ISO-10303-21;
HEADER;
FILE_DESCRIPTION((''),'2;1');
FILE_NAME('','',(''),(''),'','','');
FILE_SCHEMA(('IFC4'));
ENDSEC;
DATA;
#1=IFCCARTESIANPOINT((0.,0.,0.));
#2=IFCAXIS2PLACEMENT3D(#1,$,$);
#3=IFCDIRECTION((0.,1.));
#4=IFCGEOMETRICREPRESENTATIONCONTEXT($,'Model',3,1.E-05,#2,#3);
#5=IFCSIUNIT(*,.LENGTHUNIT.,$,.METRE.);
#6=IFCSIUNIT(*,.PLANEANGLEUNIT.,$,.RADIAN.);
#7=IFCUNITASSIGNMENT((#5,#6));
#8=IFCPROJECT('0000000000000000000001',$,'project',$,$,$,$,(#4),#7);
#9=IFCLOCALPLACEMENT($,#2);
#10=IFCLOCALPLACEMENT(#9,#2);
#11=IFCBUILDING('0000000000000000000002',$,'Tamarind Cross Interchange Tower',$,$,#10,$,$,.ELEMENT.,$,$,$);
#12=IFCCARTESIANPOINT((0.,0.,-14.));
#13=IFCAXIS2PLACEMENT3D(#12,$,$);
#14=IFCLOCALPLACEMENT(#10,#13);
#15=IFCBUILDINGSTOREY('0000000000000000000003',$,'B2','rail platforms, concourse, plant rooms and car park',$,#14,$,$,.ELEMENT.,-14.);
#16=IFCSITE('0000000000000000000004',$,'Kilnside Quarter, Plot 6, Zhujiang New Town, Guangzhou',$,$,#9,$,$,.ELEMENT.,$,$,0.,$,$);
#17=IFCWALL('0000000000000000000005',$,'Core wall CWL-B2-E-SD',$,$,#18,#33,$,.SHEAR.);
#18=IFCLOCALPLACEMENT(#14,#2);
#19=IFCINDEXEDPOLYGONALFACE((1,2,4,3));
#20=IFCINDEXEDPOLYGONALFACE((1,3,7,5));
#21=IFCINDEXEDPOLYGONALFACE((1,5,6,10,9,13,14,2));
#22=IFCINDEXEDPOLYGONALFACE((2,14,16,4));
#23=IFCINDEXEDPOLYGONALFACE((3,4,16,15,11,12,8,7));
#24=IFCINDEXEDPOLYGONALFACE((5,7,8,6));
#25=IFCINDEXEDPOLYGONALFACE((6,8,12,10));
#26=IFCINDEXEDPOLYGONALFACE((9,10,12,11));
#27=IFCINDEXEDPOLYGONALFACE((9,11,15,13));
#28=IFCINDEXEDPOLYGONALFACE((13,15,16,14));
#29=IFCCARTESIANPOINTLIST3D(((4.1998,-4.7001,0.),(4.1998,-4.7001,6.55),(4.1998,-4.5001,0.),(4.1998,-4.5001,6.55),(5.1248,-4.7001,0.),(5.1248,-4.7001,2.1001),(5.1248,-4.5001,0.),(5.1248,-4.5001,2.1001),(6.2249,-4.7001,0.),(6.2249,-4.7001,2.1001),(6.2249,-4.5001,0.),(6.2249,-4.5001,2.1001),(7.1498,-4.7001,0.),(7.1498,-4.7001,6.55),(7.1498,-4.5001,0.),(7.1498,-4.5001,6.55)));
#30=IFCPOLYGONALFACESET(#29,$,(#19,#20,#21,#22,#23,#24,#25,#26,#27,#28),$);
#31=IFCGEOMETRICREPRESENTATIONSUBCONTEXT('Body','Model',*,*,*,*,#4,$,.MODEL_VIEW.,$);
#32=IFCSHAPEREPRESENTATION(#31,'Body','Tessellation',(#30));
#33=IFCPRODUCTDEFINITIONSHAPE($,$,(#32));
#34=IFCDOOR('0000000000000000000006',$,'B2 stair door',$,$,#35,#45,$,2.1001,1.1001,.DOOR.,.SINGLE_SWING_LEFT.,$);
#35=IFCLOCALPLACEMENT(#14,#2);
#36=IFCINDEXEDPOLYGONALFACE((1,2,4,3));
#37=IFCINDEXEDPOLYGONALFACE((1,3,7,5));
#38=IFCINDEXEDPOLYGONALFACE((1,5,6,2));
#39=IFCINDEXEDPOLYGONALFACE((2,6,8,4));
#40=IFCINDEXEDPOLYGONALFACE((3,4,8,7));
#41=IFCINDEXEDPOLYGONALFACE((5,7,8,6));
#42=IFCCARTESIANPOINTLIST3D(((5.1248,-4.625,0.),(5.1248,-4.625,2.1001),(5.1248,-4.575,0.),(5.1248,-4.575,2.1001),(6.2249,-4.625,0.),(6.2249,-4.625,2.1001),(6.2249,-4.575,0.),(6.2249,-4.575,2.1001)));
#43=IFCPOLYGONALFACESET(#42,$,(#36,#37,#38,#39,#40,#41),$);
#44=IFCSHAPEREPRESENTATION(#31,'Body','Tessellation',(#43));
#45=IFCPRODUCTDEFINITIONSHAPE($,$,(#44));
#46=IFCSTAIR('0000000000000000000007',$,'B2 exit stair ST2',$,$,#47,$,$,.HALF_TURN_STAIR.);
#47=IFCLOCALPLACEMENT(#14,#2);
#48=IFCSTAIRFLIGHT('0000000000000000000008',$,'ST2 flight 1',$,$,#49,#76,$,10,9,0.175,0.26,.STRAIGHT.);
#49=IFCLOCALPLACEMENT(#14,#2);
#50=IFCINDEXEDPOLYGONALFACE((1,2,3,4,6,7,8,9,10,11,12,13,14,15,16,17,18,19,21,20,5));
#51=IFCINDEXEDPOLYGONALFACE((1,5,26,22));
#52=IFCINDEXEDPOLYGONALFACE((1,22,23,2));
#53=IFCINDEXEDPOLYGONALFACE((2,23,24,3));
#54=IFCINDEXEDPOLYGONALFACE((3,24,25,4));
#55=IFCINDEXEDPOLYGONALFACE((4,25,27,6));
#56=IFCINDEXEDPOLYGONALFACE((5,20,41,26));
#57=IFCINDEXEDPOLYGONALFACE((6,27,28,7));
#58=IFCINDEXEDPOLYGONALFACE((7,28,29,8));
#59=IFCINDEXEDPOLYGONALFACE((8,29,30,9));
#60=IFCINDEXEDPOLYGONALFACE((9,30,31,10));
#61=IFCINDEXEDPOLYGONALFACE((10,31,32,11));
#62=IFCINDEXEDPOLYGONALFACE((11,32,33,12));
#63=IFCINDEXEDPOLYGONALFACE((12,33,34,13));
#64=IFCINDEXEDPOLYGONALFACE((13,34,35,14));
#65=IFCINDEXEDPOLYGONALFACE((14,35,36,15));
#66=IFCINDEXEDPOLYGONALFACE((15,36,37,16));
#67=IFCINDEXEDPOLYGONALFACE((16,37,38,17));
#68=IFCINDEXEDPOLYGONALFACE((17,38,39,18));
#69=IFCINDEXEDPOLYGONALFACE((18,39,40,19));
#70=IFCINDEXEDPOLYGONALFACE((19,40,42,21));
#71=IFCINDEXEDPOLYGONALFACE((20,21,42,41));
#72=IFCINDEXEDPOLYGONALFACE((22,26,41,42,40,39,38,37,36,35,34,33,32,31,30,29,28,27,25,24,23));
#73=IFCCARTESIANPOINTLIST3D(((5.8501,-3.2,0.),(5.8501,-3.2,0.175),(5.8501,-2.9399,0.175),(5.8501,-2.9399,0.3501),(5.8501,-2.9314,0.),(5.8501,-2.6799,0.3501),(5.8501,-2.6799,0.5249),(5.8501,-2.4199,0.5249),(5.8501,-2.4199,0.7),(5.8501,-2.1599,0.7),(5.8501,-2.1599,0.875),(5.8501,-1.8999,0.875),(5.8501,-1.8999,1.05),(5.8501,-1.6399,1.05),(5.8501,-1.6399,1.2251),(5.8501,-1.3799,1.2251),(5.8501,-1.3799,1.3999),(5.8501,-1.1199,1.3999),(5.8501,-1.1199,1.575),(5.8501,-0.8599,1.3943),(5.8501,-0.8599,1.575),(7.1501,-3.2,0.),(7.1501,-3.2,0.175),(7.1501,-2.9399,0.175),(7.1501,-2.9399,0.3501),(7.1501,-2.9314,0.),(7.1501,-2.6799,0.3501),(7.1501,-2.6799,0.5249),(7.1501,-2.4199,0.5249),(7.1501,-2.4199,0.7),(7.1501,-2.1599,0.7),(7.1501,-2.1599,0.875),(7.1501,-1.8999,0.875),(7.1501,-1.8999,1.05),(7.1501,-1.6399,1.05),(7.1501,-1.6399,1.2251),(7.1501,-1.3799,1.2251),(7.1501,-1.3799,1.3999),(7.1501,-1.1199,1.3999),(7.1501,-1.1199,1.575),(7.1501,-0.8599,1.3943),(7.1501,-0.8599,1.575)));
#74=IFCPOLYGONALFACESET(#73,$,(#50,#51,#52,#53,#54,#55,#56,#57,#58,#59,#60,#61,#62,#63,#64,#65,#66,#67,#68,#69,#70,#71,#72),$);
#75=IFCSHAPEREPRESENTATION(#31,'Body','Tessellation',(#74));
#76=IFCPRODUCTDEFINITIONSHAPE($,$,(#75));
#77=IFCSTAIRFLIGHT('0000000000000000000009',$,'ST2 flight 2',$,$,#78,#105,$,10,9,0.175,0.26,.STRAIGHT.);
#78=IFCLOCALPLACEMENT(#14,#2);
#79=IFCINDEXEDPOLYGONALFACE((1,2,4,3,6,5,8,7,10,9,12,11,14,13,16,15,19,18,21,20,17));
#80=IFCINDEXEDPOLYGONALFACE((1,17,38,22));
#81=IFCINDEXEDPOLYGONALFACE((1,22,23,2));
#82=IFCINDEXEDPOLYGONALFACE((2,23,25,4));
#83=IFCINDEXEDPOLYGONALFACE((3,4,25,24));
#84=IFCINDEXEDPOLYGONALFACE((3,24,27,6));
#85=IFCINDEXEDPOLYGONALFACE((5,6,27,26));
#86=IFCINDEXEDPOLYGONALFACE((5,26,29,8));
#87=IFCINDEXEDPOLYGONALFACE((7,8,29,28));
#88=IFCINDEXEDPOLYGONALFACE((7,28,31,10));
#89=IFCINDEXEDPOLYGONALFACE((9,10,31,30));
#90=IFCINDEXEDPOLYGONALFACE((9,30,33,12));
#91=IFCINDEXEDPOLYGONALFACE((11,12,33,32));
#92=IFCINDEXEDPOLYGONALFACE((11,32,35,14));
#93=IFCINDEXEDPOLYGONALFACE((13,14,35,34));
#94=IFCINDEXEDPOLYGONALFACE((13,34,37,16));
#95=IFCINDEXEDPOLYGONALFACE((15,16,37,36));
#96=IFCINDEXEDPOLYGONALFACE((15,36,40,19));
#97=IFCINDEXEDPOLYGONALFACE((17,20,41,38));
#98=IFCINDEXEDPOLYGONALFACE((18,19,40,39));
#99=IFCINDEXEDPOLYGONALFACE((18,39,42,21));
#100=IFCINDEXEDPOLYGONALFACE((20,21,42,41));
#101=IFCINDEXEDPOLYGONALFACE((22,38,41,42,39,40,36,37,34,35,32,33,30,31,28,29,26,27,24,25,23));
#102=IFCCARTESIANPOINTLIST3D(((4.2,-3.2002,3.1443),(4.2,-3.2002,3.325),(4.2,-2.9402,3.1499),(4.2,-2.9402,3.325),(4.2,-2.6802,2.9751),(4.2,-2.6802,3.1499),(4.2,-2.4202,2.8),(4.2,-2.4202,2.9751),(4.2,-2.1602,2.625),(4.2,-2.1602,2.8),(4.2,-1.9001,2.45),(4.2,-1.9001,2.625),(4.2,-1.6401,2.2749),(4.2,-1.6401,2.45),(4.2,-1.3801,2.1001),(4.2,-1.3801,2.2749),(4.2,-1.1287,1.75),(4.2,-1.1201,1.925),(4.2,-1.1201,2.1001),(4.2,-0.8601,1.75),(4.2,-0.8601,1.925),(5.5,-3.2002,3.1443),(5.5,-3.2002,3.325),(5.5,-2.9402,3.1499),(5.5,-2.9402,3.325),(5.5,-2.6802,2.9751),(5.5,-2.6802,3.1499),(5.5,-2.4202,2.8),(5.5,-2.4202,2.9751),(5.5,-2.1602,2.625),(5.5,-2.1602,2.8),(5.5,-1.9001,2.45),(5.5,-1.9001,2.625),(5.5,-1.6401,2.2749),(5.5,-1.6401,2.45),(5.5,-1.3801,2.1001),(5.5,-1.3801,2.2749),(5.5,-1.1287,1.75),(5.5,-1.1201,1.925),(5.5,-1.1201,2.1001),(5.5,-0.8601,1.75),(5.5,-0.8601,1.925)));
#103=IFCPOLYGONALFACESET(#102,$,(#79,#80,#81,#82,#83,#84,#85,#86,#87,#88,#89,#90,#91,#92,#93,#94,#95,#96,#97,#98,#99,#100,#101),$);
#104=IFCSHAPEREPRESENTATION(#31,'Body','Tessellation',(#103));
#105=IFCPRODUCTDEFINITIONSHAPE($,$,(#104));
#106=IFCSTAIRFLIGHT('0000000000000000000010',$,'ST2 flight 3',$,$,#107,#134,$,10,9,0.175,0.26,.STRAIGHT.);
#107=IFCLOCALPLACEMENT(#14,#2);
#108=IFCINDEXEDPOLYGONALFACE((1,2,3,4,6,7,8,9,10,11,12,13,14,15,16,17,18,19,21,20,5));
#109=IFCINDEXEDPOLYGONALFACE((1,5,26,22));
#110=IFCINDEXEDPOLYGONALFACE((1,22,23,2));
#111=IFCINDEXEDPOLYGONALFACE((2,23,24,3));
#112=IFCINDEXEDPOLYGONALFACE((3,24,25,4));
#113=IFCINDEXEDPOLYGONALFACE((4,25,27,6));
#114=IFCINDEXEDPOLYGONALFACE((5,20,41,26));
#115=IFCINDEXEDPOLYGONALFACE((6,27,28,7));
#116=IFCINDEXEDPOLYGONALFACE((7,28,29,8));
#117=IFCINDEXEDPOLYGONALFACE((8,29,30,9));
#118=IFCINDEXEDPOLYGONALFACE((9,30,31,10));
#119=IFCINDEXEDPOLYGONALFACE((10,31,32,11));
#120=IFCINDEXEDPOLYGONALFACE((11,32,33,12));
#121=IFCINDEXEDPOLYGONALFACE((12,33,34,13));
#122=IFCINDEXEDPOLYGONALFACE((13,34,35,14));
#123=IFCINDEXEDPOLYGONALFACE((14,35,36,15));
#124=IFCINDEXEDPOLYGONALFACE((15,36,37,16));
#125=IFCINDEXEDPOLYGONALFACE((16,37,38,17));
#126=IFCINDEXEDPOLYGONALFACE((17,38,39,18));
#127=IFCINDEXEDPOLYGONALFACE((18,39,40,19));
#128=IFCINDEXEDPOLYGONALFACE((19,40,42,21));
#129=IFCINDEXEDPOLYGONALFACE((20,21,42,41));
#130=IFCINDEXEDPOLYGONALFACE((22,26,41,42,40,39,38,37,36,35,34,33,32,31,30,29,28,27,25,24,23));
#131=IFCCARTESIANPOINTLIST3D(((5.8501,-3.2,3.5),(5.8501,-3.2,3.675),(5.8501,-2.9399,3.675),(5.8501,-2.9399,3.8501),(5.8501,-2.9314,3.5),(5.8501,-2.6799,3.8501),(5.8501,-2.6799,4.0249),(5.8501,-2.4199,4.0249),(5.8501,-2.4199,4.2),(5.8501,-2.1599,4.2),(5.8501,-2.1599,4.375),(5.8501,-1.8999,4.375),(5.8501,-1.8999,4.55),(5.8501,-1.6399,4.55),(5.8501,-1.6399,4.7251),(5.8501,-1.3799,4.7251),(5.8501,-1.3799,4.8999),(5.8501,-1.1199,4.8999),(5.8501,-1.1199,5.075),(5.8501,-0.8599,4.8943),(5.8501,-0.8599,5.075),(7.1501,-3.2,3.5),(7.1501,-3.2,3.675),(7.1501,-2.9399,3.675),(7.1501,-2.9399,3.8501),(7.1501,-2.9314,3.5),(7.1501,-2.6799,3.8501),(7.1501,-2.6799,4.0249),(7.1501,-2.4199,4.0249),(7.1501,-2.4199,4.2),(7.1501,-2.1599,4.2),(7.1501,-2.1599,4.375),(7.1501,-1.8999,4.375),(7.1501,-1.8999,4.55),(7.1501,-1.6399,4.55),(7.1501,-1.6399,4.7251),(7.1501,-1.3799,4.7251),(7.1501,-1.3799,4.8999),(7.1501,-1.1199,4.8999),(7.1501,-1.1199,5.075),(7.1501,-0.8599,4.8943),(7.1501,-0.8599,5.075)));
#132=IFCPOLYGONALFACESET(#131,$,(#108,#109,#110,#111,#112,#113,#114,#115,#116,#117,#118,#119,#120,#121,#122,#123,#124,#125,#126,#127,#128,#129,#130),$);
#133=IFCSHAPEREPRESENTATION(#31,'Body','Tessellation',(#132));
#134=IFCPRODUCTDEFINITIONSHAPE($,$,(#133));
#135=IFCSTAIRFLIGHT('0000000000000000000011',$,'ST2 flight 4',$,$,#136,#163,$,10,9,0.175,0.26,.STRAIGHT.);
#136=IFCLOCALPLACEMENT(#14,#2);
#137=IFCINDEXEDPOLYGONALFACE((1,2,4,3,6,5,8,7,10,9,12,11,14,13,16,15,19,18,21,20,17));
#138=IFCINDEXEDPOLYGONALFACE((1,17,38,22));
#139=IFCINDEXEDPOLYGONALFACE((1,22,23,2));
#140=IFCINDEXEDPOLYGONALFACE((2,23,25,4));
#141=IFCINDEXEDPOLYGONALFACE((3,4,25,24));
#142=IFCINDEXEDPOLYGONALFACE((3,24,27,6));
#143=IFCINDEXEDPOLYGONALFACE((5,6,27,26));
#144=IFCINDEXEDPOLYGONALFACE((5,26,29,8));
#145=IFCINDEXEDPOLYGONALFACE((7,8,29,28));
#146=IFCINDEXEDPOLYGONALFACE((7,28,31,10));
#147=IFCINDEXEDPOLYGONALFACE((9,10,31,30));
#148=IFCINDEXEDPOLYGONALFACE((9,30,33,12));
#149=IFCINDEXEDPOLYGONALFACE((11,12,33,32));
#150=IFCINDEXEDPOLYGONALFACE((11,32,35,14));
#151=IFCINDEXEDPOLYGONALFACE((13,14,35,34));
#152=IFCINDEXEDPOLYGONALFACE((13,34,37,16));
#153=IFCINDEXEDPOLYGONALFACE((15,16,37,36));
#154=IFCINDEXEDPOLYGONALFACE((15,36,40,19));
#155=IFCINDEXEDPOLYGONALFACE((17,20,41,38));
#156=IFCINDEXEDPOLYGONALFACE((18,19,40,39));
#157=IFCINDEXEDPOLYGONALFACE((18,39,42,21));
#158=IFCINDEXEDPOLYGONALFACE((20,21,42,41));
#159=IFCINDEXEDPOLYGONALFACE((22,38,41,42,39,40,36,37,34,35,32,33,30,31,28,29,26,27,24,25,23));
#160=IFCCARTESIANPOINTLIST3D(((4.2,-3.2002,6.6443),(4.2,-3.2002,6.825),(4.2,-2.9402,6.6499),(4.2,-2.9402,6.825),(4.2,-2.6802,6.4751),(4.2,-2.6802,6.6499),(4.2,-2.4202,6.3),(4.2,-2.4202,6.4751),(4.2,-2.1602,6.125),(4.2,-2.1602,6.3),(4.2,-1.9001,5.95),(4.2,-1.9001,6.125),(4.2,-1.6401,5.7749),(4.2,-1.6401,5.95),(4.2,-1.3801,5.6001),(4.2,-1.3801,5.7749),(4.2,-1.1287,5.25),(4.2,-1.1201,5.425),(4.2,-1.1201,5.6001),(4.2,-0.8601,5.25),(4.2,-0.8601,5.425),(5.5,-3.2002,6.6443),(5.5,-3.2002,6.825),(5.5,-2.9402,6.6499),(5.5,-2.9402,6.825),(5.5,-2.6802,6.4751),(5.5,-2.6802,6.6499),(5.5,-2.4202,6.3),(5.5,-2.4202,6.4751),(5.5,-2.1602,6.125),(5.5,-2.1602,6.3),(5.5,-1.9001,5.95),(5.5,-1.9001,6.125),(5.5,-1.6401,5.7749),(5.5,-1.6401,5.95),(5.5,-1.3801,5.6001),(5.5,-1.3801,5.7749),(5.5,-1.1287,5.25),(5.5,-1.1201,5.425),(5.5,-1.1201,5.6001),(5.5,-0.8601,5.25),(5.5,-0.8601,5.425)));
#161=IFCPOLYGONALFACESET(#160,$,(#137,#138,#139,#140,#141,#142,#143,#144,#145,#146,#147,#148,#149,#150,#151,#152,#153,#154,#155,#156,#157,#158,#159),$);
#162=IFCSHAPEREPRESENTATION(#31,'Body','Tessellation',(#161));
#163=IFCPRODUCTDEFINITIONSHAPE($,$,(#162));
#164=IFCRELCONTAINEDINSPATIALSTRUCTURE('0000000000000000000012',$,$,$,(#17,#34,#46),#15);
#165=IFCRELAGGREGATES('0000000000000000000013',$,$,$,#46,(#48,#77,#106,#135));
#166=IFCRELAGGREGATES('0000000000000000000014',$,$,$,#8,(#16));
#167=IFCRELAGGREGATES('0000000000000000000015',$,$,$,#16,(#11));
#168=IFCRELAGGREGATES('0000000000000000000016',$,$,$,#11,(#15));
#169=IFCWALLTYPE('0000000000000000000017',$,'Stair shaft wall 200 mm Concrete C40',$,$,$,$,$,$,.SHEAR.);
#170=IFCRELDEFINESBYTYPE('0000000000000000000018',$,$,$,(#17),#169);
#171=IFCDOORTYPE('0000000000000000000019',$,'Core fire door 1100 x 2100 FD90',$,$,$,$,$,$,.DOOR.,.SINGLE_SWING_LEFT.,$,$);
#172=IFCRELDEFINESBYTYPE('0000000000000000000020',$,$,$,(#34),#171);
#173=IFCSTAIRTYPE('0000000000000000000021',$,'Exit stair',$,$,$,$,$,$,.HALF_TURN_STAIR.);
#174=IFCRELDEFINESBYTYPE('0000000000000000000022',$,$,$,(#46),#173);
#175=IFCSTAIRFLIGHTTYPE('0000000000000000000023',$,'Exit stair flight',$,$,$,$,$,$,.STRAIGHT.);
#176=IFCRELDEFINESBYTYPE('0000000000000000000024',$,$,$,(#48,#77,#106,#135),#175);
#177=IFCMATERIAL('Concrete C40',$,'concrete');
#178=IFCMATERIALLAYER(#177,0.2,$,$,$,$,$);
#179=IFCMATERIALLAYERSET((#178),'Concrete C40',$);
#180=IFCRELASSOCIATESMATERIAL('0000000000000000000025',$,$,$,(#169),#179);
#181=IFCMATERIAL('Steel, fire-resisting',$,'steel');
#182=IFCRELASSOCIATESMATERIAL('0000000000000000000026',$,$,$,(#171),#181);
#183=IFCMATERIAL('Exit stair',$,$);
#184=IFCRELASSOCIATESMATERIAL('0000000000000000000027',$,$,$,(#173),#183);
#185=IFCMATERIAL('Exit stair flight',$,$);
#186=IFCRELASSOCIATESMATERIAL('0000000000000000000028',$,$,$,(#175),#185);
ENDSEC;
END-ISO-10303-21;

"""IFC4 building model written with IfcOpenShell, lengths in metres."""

from ifc_helpers import new_model, si_unit, direction, frame, frame_2d, origin, place, context, subcontext, project, spatial, polyline, rectangle, outline, extrude, material, layer, layer_set, type_object, element, fill, aggregate, save


model = new_model("IFC4")

# Units and contexts
model_context = context("Model", 3, precision=1e-05, world=origin(), true_north=direction((0.0, 1.0)))
body_context = subcontext(model_context, "Body", "Model", "MODEL_VIEW")
ifc_project = project(units=[si_unit("LENGTHUNIT", "METRE"), si_unit("PLANEANGLEUNIT", "RADIAN")], contexts=[model_context])

# Site, building, storey
site_placement = place(None, origin())
site = spatial("IfcSite", under=ifc_project, at=site_placement, Name="Kilnside Quarter, Plot 6, Zhujiang New Town, Guangzhou", CompositionType="ELEMENT", RefElevation=0.0)
building_placement = place(site_placement, origin())
building = spatial("IfcBuilding", under=site, at=building_placement, Name="Tamarind Cross Interchange Tower", CompositionType="ELEMENT")
storey_placement = place(building_placement, frame((0.0, 0.0, -14.0)))
storey = spatial("IfcBuildingStorey", under=building, at=storey_placement, Name="B2", Description="rail platforms, concourse, plant rooms and car park", CompositionType="ELEMENT", Elevation=-14.0)

# Shared definitions
ifc_material_1 = material(Name="Concrete C40", Category="concrete")

# Wall, opening, door
ifc_layer_1 = layer(ifc_material_1, 0.2)
ifc_layer_set_1 = layer_set([ifc_layer_1], Name="Concrete C40")
wall_type_1 = type_object("IfcWallType", Name="Stair shaft wall 200 mm Concrete C40", PredefinedType="SHEAR", material=ifc_layer_set_1)
wall_1_placement = place(storey_placement, frame((7.1499, -4.6001, 0.0), z_axis=(0.0, 0.0, 1.0), x_axis=(-1.0, 0.0, 0.0)))
wall_1 = element("IfcWall", 1, at=wall_1_placement, inside=storey, type_object=wall_type_1, Name="Core wall CWL-B2-E-SD", PredefinedType="SHEAR", context=body_context, shape_type="SweptSolid", body=[
    extrude(rectangle(XDim=2.95, YDim=0.2, at=frame_2d((1.4751, 0.0))), origin(), (0.0, 0.0, 1.0), 6.55),
])
opening_1_placement = place(wall_1_placement, frame((0.925, 0.0, 0.0)))
opening_1 = element("IfcOpeningElement", 2, at=opening_1_placement, cuts=wall_1, PredefinedType="OPENING", context=body_context, shape_type="SweptSolid", body=[
    extrude(rectangle(XDim=1.1001, YDim=2.1001, at=frame_2d((0.55, 1.05))), frame((0.0, 0.1099, 0.0), z_axis=(0.0, -1.0, 0.0), x_axis=(1.0, 0.0, 0.0)), (0.0, 0.0, 1.0), 0.22),
])
ifc_material_2 = material(Name="Steel, fire-resisting", Category="steel")
door_type_1 = type_object("IfcDoorType", Name="Core fire door 1100 x 2100 FD90", OperationType="SINGLE_SWING_LEFT", PredefinedType="DOOR", material=ifc_material_2)
door_1_placement = place(opening_1_placement, origin())
door_1 = element("IfcDoor", 3, at=door_1_placement, inside=storey, type_object=door_type_1, Name="B2 stair door", OperationType="SINGLE_SWING_LEFT", OverallHeight=2.1001, OverallWidth=1.1001, PredefinedType="DOOR", context=body_context, shape_type="SweptSolid", body=[
    extrude(rectangle(XDim=1.1001, YDim=2.1001, at=frame_2d((0.55, 1.05))), frame((0.0, 0.0249, 0.0), z_axis=(0.0, -1.0, 0.0), x_axis=(1.0, 0.0, 0.0)), (0.0, 0.0, 1.0), 0.05),
])
fill(opening_1, door_1)

# Stair, stair flights
ifc_material_3 = material(Name="Exit stair")
stair_type_1 = type_object("IfcStairType", Name="Exit stair", PredefinedType="HALF_TURN_STAIR", material=ifc_material_3)
stair_1_placement = place(storey_placement, origin())
stair_1 = element("IfcStair", 4, at=stair_1_placement, inside=storey, type_object=stair_type_1, Name="B2 exit stair ST2", PredefinedType="HALF_TURN_STAIR")
ifc_material_4 = material(Name="Exit stair flight")
stair_flight_type = type_object("IfcStairFlightType", Name="Exit stair flight", PredefinedType="STRAIGHT", material=ifc_material_4)
stair_flight_1_placement = place(storey_placement, frame((6.5, -3.2, 0.0), z_axis=(0.0, 0.0, 1.0), x_axis=(0.0, 1.0, 0.0)))
stair_flight_1 = element("IfcStairFlight", 5, at=stair_flight_1_placement, type_object=stair_flight_type, Name="ST2 flight 1", NumberOfRisers=10, NumberOfTreads=9, PredefinedType="STRAIGHT", RiserHeight=0.175, TreadLength=0.26, context=body_context, shape_type="SweptSolid", body=[
    extrude(outline(polyline([(0.0, 0.0), (0.0, 0.175), (0.26, 0.175), (0.26, 0.3501), (0.52, 0.3501), (0.52, 0.5249), (0.78, 0.5249), (0.78, 0.7), (1.04, 0.7), (1.04, 0.875), (1.3, 0.875), (1.3, 1.05), (1.5601, 1.05), (1.5601, 1.2251), (1.8201, 1.2251), (1.8201, 1.3999), (2.0801, 1.3999), (2.0801, 1.575), (2.3401, 1.575), (2.3401, 1.75), (2.3401, 1.3943), (0.2686, 0.0), (0.0, 0.0)])), frame((0.0, 0.6499, 0.0), z_axis=(0.0, -1.0, 0.0), x_axis=(1.0, 0.0, 0.0)), (0.0, 0.0, 1.0), 1.3),
])
stair_flight_2_placement = place(storey_placement, frame((4.8501, -0.8601, 1.75), z_axis=(0.0, 0.0, 1.0), x_axis=(0.0, -1.0, 0.0)))
stair_flight_2 = element("IfcStairFlight", 6, at=stair_flight_2_placement, type_object=stair_flight_type, Name="ST2 flight 2", NumberOfRisers=10, NumberOfTreads=9, PredefinedType="STRAIGHT", RiserHeight=0.175, TreadLength=0.26, context=body_context, shape_type="SweptSolid", body=[
    extrude(outline(polyline([(0.0, 0.0), (0.0, 0.175), (0.26, 0.175), (0.26, 0.3501), (0.52, 0.3501), (0.52, 0.5249), (0.78, 0.5249), (0.78, 0.7), (1.04, 0.7), (1.04, 0.875), (1.3, 0.875), (1.3, 1.05), (1.5601, 1.05), (1.5601, 1.2251), (1.8201, 1.2251), (1.8201, 1.3999), (2.0801, 1.3999), (2.0801, 1.575), (2.3401, 1.575), (2.3401, 1.75), (2.3401, 1.3943), (0.2686, 0.0), (0.0, 0.0)])), frame((0.0, 0.6499, 0.0), z_axis=(0.0, -1.0, 0.0), x_axis=(1.0, 0.0, 0.0)), (0.0, 0.0, 1.0), 1.3),
])
stair_flight_3_placement = place(storey_placement, frame((6.5, -3.2, 3.5), z_axis=(0.0, 0.0, 1.0), x_axis=(0.0, 1.0, 0.0)))
stair_flight_3 = element("IfcStairFlight", 7, at=stair_flight_3_placement, type_object=stair_flight_type, Name="ST2 flight 3", NumberOfRisers=10, NumberOfTreads=9, PredefinedType="STRAIGHT", RiserHeight=0.175, TreadLength=0.26, context=body_context, shape_type="SweptSolid", body=[
    extrude(outline(polyline([(0.0, 0.0), (0.0, 0.175), (0.26, 0.175), (0.26, 0.3501), (0.52, 0.3501), (0.52, 0.5249), (0.78, 0.5249), (0.78, 0.7), (1.04, 0.7), (1.04, 0.875), (1.3, 0.875), (1.3, 1.05), (1.5601, 1.05), (1.5601, 1.2251), (1.8201, 1.2251), (1.8201, 1.3999), (2.0801, 1.3999), (2.0801, 1.575), (2.3401, 1.575), (2.3401, 1.75), (2.3401, 1.3943), (0.2686, 0.0), (0.0, 0.0)])), frame((0.0, 0.6499, 0.0), z_axis=(0.0, -1.0, 0.0), x_axis=(1.0, 0.0, 0.0)), (0.0, 0.0, 1.0), 1.3),
])
stair_flight_4_placement = place(storey_placement, frame((4.8501, -0.8601, 5.25), z_axis=(0.0, 0.0, 1.0), x_axis=(0.0, -1.0, 0.0)))
stair_flight_4 = element("IfcStairFlight", 8, at=stair_flight_4_placement, type_object=stair_flight_type, Name="ST2 flight 4", NumberOfRisers=10, NumberOfTreads=9, PredefinedType="STRAIGHT", RiserHeight=0.175, TreadLength=0.26, context=body_context, shape_type="SweptSolid", body=[
    extrude(outline(polyline([(0.0, 0.0), (0.0, 0.175), (0.26, 0.175), (0.26, 0.3501), (0.52, 0.3501), (0.52, 0.5249), (0.78, 0.5249), (0.78, 0.7), (1.04, 0.7), (1.04, 0.875), (1.3, 0.875), (1.3, 1.05), (1.5601, 1.05), (1.5601, 1.2251), (1.8201, 1.2251), (1.8201, 1.3999), (2.0801, 1.3999), (2.0801, 1.575), (2.3401, 1.575), (2.3401, 1.75), (2.3401, 1.3943), (0.2686, 0.0), (0.0, 0.0)])), frame((0.0, 0.6499, 0.0), z_axis=(0.0, -1.0, 0.0), x_axis=(1.0, 0.0, 0.0)), (0.0, 0.0, 1.0), 1.3),
])
aggregate(stair_1, [stair_flight_1, stair_flight_2, stair_flight_3, stair_flight_4])

save(model, "model.ifc")
